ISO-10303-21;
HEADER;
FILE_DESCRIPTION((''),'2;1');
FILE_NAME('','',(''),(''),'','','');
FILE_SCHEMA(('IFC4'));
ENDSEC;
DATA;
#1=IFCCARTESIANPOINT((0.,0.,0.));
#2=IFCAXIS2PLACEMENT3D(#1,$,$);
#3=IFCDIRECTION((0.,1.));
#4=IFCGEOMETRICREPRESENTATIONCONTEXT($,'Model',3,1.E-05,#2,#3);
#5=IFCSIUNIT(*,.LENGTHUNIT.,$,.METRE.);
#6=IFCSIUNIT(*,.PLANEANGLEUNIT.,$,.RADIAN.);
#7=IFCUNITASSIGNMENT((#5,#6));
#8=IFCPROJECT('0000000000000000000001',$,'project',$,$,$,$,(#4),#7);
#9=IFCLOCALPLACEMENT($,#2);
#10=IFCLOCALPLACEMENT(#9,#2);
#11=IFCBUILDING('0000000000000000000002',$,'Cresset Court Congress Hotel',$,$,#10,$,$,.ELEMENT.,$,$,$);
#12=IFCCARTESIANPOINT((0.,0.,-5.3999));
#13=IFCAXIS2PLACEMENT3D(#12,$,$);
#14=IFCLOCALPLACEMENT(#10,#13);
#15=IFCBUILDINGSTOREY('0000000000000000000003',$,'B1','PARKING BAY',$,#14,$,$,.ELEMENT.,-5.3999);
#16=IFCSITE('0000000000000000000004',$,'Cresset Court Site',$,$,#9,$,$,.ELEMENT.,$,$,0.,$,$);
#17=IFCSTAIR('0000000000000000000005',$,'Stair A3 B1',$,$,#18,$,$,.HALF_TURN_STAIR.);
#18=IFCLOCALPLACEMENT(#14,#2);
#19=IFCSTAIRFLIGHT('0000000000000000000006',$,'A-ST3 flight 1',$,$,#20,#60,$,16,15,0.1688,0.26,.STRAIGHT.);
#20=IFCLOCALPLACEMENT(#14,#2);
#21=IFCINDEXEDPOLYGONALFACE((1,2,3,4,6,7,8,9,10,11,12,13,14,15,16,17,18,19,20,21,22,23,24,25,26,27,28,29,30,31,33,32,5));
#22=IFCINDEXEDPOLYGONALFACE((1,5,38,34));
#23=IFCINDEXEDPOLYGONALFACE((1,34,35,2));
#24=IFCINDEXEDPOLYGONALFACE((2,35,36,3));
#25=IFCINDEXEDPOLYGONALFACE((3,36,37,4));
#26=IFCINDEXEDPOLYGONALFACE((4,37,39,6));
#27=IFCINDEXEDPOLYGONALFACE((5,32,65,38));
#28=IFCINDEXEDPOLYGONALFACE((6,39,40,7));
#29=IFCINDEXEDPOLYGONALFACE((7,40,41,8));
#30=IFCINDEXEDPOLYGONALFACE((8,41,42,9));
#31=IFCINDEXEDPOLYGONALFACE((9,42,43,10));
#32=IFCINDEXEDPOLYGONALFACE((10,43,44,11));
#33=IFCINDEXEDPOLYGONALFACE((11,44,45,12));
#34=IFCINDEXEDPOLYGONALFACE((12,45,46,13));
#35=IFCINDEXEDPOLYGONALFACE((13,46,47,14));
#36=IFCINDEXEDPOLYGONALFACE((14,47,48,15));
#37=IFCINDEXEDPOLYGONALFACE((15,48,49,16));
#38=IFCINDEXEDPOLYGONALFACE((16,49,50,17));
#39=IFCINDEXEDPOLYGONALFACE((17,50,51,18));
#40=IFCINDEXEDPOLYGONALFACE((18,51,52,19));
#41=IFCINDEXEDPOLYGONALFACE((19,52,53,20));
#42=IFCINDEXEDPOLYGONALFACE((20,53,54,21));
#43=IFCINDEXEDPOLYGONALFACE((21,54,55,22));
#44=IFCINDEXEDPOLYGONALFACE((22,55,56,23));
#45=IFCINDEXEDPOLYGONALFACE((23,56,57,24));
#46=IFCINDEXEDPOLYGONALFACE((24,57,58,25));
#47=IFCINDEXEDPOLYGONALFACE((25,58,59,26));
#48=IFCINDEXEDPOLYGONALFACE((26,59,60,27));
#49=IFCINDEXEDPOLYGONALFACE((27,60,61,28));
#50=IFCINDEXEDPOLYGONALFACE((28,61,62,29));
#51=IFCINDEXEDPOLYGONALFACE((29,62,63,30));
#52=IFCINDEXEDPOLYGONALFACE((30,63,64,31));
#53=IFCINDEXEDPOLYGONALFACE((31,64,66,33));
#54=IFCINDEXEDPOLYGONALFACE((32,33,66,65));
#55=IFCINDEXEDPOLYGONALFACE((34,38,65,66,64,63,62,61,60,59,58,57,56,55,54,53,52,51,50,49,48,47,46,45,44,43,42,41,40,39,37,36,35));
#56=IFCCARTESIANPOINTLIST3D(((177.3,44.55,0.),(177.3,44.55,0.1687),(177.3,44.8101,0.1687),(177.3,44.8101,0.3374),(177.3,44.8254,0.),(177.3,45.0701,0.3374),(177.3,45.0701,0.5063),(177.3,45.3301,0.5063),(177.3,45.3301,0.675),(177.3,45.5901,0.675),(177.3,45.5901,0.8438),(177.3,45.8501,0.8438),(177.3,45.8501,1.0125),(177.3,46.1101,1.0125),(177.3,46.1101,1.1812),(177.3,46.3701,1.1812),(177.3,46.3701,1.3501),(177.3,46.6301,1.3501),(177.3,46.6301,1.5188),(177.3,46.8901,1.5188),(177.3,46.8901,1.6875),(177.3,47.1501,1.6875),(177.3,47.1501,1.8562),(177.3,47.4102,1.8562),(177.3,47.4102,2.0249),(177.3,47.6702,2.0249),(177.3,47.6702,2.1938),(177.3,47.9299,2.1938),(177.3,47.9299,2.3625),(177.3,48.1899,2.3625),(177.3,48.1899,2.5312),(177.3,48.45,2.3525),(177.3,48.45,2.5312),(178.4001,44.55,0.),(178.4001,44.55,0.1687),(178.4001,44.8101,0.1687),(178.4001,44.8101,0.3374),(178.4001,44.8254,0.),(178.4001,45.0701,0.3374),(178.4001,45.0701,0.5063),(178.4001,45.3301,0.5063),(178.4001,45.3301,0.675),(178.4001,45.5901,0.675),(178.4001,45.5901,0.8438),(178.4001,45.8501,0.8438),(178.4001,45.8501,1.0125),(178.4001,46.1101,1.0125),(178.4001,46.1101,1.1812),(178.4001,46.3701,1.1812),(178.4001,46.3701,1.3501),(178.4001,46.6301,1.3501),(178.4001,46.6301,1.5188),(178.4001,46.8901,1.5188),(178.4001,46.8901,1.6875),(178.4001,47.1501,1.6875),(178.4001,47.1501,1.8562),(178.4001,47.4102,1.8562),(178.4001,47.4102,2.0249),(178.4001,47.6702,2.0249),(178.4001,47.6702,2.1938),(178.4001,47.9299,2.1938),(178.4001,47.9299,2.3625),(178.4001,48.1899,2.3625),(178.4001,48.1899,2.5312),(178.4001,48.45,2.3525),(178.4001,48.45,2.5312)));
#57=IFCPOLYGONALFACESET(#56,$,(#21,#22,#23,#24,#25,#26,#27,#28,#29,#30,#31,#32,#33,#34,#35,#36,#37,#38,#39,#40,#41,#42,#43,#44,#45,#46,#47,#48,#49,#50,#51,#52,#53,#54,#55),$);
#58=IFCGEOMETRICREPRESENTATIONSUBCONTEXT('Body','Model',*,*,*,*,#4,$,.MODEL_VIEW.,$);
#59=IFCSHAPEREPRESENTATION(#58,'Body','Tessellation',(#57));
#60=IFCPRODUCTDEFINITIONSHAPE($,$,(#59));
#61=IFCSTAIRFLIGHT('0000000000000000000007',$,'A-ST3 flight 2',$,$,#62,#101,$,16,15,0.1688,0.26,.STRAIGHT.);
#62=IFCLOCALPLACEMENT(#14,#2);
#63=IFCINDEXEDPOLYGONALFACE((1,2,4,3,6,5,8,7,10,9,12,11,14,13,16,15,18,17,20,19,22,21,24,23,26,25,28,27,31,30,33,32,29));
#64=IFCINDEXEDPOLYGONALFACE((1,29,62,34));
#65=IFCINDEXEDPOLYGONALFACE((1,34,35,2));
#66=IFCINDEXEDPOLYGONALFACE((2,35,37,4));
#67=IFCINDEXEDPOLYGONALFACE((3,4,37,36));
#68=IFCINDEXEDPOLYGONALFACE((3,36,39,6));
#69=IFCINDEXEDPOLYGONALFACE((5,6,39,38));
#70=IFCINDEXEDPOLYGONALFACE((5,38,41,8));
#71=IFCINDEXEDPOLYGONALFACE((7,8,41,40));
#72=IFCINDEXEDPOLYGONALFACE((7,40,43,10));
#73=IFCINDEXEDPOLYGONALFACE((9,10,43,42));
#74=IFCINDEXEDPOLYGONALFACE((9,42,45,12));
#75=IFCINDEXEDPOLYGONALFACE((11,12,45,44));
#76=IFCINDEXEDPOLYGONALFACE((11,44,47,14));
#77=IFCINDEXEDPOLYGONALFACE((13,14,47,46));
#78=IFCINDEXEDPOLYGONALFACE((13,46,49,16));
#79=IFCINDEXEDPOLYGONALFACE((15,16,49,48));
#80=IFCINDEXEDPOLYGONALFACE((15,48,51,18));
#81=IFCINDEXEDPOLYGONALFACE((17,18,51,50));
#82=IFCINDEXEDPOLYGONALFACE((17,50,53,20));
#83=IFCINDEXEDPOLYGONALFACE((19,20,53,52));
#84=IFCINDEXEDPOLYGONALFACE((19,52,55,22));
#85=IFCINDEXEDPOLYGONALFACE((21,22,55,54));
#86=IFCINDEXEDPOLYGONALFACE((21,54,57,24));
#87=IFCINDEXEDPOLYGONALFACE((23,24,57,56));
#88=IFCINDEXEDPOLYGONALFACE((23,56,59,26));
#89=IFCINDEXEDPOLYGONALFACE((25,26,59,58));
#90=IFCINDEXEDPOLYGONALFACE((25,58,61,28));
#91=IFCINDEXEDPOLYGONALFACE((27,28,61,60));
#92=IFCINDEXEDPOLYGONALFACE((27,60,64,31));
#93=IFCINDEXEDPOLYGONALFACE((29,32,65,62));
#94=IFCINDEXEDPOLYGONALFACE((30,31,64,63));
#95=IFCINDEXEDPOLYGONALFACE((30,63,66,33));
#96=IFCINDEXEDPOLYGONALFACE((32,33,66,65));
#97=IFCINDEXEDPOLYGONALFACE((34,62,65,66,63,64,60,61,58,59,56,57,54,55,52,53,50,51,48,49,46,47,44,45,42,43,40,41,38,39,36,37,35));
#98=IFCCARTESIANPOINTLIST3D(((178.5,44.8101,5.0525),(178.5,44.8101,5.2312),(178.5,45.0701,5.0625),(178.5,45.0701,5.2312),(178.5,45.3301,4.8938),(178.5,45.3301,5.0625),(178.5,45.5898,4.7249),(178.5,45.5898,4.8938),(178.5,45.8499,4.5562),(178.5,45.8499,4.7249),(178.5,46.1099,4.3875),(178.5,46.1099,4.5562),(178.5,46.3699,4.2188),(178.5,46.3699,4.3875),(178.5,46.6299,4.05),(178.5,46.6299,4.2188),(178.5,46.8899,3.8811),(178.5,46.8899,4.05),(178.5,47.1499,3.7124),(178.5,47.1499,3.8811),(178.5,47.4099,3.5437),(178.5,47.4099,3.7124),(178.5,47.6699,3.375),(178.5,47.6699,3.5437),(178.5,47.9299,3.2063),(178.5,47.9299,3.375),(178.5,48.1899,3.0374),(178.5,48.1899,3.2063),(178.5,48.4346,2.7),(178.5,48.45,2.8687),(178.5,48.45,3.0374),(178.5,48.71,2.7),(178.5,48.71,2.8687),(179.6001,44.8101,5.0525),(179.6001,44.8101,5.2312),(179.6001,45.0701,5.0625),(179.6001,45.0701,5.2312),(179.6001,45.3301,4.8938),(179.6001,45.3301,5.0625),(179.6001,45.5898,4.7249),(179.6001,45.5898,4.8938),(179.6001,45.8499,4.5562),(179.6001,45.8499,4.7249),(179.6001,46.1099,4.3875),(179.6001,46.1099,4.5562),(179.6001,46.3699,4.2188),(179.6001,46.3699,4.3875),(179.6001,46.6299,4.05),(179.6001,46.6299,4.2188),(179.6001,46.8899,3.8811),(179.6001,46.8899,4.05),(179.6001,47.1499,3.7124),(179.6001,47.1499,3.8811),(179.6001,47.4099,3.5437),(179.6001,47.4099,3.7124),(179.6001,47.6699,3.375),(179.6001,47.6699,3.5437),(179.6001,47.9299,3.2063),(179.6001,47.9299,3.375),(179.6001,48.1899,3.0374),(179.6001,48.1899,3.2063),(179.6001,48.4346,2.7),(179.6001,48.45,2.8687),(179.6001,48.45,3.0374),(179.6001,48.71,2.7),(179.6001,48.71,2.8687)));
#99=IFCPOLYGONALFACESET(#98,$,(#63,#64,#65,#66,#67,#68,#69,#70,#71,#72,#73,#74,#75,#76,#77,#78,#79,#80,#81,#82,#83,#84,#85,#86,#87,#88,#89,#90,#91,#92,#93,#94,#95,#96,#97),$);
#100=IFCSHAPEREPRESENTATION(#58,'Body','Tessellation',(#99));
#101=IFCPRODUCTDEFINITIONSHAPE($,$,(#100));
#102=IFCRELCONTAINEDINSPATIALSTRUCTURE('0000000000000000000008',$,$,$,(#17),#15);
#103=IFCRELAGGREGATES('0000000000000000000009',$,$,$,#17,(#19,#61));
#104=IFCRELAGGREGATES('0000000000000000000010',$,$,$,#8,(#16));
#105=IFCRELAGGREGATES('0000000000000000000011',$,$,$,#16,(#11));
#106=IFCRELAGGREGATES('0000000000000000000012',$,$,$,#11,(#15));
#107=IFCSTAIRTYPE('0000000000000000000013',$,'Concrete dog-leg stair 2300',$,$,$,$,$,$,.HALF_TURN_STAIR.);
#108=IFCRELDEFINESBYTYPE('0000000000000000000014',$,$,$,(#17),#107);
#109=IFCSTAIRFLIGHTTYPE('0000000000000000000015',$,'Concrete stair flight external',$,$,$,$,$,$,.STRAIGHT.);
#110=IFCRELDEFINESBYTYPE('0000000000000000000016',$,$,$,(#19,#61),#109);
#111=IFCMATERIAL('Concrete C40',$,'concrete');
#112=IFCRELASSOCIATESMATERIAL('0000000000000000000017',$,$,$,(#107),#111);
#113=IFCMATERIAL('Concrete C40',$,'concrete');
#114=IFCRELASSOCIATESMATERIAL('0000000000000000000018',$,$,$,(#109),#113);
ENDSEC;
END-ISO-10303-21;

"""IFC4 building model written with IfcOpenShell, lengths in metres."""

from ifc_helpers import new_model, si_unit, direction, frame, origin, place, context, subcontext, project, spatial, polyline, outline, extrude, material, type_object, element, aggregate, save


model = new_model("IFC4")

# Units and contexts
model_context = context("Model", 3, precision=1e-05, world=origin(), true_north=direction((0.0, 1.0)))
body_context = subcontext(model_context, "Body", "Model", "MODEL_VIEW")
ifc_project = project(units=[si_unit("LENGTHUNIT", "METRE"), si_unit("PLANEANGLEUNIT", "RADIAN")], contexts=[model_context])

# Site, building, storey
site_placement = place(None, origin())
site = spatial("IfcSite", under=ifc_project, at=site_placement, Name="Cresset Court Site", CompositionType="ELEMENT", RefElevation=0.0)
building_placement = place(site_placement, origin())
building = spatial("IfcBuilding", under=site, at=building_placement, Name="Cresset Court Congress Hotel", CompositionType="ELEMENT")
storey_placement = place(building_placement, frame((0.0, 0.0, -5.3999)))
storey = spatial("IfcBuildingStorey", under=building, at=storey_placement, Name="B1", Description="PARKING BAY", CompositionType="ELEMENT", Elevation=-5.3999)

# Stair, stair flights
ifc_material_1 = material(Name="Concrete C40", Category="concrete")
stair_type = type_object("IfcStairType", Name="Concrete dog-leg stair 2300", PredefinedType="HALF_TURN_STAIR", material=ifc_material_1)
stair_placement = place(storey_placement, origin())
stair = element("IfcStair", 1, at=stair_placement, inside=storey, type_object=stair_type, Name="Stair A3 B1", PredefinedType="HALF_TURN_STAIR")
ifc_material_2 = material(Name="Concrete C40", Category="concrete")
stair_flight_type = type_object("IfcStairFlightType", Name="Concrete stair flight external", PredefinedType="STRAIGHT", material=ifc_material_2)
stair_flight_1_placement = place(storey_placement, frame((177.8501, 44.55, 0.0), z_axis=(0.0, 0.0, 1.0), x_axis=(0.0, 1.0, 0.0)))
stair_flight_1 = element("IfcStairFlight", 2, at=stair_flight_1_placement, type_object=stair_flight_type, Name="A-ST3 flight 1", NumberOfRisers=16, NumberOfTreads=15, PredefinedType="STRAIGHT", RiserHeight=0.1688, TreadLength=0.26, context=body_context, shape_type="SweptSolid", body=[
    extrude(outline(polyline([(0.0, 0.0), (0.0, 0.1687), (0.26, 0.1687), (0.26, 0.3374), (0.52, 0.3374), (0.52, 0.5063), (0.78, 0.5063), (0.78, 0.675), (1.04, 0.675), (1.04, 0.8438), (1.3, 0.8438), (1.3, 1.0125), (1.5601, 1.0125), (1.5601, 1.1812), (1.8201, 1.1812), (1.8201, 1.3501), (2.0801, 1.3501), (2.0801, 1.5188), (2.3401, 1.5188), (2.3401, 1.6875), (2.6001, 1.6875), (2.6001, 1.8562), (2.8601, 1.8562), (2.8601, 2.0249), (3.1201, 2.0249), (3.1201, 2.1938), (3.3799, 2.1938), (3.3799, 2.3625), (3.6399, 2.3625), (3.6399, 2.5312), (3.8999, 2.5312), (3.8999, 2.7), (3.8999, 2.3525), (0.2754, 0.0), (0.0, 0.0)])), frame((0.0, 0.55, 0.0), z_axis=(0.0, -1.0, 0.0), x_axis=(1.0, 0.0, 0.0)), (0.0, 0.0, 1.0), 1.1001),
])
stair_flight_2_placement = place(storey_placement, frame((179.05, 48.71, 2.7), z_axis=(0.0, 0.0, 1.0), x_axis=(0.0, -1.0, 0.0)))
stair_flight_2 = element("IfcStairFlight", 3, at=stair_flight_2_placement, type_object=stair_flight_type, Name="A-ST3 flight 2", NumberOfRisers=16, NumberOfTreads=15, PredefinedType="STRAIGHT", RiserHeight=0.1688, TreadLength=0.26, context=body_context, shape_type="SweptSolid", body=[
    extrude(outline(polyline([(0.0, 0.0), (0.0, 0.1687), (0.26, 0.1687), (0.26, 0.3374), (0.52, 0.3374), (0.52, 0.5063), (0.78, 0.5063), (0.78, 0.675), (1.04, 0.675), (1.04, 0.8438), (1.3, 0.8438), (1.3, 1.0125), (1.5601, 1.0125), (1.5601, 1.1812), (1.8201, 1.1812), (1.8201, 1.3501), (2.0801, 1.3501), (2.0801, 1.5188), (2.3401, 1.5188), (2.3401, 1.6875), (2.6001, 1.6875), (2.6001, 1.8562), (2.8601, 1.8562), (2.8601, 2.0249), (3.1201, 2.0249), (3.1201, 2.1938), (3.3799, 2.1938), (3.3799, 2.3625), (3.6399, 2.3625), (3.6399, 2.5312), (3.8999, 2.5312), (3.8999, 2.7), (3.8999, 2.3525), (0.2754, 0.0), (0.0, 0.0)])), frame((0.0, 0.55, 0.0), z_axis=(0.0, -1.0, 0.0), x_axis=(1.0, 0.0, 0.0)), (0.0, 0.0, 1.0), 1.1001),
])
aggregate(stair, [stair_flight_1, stair_flight_2])

save(model, "model.ifc")
